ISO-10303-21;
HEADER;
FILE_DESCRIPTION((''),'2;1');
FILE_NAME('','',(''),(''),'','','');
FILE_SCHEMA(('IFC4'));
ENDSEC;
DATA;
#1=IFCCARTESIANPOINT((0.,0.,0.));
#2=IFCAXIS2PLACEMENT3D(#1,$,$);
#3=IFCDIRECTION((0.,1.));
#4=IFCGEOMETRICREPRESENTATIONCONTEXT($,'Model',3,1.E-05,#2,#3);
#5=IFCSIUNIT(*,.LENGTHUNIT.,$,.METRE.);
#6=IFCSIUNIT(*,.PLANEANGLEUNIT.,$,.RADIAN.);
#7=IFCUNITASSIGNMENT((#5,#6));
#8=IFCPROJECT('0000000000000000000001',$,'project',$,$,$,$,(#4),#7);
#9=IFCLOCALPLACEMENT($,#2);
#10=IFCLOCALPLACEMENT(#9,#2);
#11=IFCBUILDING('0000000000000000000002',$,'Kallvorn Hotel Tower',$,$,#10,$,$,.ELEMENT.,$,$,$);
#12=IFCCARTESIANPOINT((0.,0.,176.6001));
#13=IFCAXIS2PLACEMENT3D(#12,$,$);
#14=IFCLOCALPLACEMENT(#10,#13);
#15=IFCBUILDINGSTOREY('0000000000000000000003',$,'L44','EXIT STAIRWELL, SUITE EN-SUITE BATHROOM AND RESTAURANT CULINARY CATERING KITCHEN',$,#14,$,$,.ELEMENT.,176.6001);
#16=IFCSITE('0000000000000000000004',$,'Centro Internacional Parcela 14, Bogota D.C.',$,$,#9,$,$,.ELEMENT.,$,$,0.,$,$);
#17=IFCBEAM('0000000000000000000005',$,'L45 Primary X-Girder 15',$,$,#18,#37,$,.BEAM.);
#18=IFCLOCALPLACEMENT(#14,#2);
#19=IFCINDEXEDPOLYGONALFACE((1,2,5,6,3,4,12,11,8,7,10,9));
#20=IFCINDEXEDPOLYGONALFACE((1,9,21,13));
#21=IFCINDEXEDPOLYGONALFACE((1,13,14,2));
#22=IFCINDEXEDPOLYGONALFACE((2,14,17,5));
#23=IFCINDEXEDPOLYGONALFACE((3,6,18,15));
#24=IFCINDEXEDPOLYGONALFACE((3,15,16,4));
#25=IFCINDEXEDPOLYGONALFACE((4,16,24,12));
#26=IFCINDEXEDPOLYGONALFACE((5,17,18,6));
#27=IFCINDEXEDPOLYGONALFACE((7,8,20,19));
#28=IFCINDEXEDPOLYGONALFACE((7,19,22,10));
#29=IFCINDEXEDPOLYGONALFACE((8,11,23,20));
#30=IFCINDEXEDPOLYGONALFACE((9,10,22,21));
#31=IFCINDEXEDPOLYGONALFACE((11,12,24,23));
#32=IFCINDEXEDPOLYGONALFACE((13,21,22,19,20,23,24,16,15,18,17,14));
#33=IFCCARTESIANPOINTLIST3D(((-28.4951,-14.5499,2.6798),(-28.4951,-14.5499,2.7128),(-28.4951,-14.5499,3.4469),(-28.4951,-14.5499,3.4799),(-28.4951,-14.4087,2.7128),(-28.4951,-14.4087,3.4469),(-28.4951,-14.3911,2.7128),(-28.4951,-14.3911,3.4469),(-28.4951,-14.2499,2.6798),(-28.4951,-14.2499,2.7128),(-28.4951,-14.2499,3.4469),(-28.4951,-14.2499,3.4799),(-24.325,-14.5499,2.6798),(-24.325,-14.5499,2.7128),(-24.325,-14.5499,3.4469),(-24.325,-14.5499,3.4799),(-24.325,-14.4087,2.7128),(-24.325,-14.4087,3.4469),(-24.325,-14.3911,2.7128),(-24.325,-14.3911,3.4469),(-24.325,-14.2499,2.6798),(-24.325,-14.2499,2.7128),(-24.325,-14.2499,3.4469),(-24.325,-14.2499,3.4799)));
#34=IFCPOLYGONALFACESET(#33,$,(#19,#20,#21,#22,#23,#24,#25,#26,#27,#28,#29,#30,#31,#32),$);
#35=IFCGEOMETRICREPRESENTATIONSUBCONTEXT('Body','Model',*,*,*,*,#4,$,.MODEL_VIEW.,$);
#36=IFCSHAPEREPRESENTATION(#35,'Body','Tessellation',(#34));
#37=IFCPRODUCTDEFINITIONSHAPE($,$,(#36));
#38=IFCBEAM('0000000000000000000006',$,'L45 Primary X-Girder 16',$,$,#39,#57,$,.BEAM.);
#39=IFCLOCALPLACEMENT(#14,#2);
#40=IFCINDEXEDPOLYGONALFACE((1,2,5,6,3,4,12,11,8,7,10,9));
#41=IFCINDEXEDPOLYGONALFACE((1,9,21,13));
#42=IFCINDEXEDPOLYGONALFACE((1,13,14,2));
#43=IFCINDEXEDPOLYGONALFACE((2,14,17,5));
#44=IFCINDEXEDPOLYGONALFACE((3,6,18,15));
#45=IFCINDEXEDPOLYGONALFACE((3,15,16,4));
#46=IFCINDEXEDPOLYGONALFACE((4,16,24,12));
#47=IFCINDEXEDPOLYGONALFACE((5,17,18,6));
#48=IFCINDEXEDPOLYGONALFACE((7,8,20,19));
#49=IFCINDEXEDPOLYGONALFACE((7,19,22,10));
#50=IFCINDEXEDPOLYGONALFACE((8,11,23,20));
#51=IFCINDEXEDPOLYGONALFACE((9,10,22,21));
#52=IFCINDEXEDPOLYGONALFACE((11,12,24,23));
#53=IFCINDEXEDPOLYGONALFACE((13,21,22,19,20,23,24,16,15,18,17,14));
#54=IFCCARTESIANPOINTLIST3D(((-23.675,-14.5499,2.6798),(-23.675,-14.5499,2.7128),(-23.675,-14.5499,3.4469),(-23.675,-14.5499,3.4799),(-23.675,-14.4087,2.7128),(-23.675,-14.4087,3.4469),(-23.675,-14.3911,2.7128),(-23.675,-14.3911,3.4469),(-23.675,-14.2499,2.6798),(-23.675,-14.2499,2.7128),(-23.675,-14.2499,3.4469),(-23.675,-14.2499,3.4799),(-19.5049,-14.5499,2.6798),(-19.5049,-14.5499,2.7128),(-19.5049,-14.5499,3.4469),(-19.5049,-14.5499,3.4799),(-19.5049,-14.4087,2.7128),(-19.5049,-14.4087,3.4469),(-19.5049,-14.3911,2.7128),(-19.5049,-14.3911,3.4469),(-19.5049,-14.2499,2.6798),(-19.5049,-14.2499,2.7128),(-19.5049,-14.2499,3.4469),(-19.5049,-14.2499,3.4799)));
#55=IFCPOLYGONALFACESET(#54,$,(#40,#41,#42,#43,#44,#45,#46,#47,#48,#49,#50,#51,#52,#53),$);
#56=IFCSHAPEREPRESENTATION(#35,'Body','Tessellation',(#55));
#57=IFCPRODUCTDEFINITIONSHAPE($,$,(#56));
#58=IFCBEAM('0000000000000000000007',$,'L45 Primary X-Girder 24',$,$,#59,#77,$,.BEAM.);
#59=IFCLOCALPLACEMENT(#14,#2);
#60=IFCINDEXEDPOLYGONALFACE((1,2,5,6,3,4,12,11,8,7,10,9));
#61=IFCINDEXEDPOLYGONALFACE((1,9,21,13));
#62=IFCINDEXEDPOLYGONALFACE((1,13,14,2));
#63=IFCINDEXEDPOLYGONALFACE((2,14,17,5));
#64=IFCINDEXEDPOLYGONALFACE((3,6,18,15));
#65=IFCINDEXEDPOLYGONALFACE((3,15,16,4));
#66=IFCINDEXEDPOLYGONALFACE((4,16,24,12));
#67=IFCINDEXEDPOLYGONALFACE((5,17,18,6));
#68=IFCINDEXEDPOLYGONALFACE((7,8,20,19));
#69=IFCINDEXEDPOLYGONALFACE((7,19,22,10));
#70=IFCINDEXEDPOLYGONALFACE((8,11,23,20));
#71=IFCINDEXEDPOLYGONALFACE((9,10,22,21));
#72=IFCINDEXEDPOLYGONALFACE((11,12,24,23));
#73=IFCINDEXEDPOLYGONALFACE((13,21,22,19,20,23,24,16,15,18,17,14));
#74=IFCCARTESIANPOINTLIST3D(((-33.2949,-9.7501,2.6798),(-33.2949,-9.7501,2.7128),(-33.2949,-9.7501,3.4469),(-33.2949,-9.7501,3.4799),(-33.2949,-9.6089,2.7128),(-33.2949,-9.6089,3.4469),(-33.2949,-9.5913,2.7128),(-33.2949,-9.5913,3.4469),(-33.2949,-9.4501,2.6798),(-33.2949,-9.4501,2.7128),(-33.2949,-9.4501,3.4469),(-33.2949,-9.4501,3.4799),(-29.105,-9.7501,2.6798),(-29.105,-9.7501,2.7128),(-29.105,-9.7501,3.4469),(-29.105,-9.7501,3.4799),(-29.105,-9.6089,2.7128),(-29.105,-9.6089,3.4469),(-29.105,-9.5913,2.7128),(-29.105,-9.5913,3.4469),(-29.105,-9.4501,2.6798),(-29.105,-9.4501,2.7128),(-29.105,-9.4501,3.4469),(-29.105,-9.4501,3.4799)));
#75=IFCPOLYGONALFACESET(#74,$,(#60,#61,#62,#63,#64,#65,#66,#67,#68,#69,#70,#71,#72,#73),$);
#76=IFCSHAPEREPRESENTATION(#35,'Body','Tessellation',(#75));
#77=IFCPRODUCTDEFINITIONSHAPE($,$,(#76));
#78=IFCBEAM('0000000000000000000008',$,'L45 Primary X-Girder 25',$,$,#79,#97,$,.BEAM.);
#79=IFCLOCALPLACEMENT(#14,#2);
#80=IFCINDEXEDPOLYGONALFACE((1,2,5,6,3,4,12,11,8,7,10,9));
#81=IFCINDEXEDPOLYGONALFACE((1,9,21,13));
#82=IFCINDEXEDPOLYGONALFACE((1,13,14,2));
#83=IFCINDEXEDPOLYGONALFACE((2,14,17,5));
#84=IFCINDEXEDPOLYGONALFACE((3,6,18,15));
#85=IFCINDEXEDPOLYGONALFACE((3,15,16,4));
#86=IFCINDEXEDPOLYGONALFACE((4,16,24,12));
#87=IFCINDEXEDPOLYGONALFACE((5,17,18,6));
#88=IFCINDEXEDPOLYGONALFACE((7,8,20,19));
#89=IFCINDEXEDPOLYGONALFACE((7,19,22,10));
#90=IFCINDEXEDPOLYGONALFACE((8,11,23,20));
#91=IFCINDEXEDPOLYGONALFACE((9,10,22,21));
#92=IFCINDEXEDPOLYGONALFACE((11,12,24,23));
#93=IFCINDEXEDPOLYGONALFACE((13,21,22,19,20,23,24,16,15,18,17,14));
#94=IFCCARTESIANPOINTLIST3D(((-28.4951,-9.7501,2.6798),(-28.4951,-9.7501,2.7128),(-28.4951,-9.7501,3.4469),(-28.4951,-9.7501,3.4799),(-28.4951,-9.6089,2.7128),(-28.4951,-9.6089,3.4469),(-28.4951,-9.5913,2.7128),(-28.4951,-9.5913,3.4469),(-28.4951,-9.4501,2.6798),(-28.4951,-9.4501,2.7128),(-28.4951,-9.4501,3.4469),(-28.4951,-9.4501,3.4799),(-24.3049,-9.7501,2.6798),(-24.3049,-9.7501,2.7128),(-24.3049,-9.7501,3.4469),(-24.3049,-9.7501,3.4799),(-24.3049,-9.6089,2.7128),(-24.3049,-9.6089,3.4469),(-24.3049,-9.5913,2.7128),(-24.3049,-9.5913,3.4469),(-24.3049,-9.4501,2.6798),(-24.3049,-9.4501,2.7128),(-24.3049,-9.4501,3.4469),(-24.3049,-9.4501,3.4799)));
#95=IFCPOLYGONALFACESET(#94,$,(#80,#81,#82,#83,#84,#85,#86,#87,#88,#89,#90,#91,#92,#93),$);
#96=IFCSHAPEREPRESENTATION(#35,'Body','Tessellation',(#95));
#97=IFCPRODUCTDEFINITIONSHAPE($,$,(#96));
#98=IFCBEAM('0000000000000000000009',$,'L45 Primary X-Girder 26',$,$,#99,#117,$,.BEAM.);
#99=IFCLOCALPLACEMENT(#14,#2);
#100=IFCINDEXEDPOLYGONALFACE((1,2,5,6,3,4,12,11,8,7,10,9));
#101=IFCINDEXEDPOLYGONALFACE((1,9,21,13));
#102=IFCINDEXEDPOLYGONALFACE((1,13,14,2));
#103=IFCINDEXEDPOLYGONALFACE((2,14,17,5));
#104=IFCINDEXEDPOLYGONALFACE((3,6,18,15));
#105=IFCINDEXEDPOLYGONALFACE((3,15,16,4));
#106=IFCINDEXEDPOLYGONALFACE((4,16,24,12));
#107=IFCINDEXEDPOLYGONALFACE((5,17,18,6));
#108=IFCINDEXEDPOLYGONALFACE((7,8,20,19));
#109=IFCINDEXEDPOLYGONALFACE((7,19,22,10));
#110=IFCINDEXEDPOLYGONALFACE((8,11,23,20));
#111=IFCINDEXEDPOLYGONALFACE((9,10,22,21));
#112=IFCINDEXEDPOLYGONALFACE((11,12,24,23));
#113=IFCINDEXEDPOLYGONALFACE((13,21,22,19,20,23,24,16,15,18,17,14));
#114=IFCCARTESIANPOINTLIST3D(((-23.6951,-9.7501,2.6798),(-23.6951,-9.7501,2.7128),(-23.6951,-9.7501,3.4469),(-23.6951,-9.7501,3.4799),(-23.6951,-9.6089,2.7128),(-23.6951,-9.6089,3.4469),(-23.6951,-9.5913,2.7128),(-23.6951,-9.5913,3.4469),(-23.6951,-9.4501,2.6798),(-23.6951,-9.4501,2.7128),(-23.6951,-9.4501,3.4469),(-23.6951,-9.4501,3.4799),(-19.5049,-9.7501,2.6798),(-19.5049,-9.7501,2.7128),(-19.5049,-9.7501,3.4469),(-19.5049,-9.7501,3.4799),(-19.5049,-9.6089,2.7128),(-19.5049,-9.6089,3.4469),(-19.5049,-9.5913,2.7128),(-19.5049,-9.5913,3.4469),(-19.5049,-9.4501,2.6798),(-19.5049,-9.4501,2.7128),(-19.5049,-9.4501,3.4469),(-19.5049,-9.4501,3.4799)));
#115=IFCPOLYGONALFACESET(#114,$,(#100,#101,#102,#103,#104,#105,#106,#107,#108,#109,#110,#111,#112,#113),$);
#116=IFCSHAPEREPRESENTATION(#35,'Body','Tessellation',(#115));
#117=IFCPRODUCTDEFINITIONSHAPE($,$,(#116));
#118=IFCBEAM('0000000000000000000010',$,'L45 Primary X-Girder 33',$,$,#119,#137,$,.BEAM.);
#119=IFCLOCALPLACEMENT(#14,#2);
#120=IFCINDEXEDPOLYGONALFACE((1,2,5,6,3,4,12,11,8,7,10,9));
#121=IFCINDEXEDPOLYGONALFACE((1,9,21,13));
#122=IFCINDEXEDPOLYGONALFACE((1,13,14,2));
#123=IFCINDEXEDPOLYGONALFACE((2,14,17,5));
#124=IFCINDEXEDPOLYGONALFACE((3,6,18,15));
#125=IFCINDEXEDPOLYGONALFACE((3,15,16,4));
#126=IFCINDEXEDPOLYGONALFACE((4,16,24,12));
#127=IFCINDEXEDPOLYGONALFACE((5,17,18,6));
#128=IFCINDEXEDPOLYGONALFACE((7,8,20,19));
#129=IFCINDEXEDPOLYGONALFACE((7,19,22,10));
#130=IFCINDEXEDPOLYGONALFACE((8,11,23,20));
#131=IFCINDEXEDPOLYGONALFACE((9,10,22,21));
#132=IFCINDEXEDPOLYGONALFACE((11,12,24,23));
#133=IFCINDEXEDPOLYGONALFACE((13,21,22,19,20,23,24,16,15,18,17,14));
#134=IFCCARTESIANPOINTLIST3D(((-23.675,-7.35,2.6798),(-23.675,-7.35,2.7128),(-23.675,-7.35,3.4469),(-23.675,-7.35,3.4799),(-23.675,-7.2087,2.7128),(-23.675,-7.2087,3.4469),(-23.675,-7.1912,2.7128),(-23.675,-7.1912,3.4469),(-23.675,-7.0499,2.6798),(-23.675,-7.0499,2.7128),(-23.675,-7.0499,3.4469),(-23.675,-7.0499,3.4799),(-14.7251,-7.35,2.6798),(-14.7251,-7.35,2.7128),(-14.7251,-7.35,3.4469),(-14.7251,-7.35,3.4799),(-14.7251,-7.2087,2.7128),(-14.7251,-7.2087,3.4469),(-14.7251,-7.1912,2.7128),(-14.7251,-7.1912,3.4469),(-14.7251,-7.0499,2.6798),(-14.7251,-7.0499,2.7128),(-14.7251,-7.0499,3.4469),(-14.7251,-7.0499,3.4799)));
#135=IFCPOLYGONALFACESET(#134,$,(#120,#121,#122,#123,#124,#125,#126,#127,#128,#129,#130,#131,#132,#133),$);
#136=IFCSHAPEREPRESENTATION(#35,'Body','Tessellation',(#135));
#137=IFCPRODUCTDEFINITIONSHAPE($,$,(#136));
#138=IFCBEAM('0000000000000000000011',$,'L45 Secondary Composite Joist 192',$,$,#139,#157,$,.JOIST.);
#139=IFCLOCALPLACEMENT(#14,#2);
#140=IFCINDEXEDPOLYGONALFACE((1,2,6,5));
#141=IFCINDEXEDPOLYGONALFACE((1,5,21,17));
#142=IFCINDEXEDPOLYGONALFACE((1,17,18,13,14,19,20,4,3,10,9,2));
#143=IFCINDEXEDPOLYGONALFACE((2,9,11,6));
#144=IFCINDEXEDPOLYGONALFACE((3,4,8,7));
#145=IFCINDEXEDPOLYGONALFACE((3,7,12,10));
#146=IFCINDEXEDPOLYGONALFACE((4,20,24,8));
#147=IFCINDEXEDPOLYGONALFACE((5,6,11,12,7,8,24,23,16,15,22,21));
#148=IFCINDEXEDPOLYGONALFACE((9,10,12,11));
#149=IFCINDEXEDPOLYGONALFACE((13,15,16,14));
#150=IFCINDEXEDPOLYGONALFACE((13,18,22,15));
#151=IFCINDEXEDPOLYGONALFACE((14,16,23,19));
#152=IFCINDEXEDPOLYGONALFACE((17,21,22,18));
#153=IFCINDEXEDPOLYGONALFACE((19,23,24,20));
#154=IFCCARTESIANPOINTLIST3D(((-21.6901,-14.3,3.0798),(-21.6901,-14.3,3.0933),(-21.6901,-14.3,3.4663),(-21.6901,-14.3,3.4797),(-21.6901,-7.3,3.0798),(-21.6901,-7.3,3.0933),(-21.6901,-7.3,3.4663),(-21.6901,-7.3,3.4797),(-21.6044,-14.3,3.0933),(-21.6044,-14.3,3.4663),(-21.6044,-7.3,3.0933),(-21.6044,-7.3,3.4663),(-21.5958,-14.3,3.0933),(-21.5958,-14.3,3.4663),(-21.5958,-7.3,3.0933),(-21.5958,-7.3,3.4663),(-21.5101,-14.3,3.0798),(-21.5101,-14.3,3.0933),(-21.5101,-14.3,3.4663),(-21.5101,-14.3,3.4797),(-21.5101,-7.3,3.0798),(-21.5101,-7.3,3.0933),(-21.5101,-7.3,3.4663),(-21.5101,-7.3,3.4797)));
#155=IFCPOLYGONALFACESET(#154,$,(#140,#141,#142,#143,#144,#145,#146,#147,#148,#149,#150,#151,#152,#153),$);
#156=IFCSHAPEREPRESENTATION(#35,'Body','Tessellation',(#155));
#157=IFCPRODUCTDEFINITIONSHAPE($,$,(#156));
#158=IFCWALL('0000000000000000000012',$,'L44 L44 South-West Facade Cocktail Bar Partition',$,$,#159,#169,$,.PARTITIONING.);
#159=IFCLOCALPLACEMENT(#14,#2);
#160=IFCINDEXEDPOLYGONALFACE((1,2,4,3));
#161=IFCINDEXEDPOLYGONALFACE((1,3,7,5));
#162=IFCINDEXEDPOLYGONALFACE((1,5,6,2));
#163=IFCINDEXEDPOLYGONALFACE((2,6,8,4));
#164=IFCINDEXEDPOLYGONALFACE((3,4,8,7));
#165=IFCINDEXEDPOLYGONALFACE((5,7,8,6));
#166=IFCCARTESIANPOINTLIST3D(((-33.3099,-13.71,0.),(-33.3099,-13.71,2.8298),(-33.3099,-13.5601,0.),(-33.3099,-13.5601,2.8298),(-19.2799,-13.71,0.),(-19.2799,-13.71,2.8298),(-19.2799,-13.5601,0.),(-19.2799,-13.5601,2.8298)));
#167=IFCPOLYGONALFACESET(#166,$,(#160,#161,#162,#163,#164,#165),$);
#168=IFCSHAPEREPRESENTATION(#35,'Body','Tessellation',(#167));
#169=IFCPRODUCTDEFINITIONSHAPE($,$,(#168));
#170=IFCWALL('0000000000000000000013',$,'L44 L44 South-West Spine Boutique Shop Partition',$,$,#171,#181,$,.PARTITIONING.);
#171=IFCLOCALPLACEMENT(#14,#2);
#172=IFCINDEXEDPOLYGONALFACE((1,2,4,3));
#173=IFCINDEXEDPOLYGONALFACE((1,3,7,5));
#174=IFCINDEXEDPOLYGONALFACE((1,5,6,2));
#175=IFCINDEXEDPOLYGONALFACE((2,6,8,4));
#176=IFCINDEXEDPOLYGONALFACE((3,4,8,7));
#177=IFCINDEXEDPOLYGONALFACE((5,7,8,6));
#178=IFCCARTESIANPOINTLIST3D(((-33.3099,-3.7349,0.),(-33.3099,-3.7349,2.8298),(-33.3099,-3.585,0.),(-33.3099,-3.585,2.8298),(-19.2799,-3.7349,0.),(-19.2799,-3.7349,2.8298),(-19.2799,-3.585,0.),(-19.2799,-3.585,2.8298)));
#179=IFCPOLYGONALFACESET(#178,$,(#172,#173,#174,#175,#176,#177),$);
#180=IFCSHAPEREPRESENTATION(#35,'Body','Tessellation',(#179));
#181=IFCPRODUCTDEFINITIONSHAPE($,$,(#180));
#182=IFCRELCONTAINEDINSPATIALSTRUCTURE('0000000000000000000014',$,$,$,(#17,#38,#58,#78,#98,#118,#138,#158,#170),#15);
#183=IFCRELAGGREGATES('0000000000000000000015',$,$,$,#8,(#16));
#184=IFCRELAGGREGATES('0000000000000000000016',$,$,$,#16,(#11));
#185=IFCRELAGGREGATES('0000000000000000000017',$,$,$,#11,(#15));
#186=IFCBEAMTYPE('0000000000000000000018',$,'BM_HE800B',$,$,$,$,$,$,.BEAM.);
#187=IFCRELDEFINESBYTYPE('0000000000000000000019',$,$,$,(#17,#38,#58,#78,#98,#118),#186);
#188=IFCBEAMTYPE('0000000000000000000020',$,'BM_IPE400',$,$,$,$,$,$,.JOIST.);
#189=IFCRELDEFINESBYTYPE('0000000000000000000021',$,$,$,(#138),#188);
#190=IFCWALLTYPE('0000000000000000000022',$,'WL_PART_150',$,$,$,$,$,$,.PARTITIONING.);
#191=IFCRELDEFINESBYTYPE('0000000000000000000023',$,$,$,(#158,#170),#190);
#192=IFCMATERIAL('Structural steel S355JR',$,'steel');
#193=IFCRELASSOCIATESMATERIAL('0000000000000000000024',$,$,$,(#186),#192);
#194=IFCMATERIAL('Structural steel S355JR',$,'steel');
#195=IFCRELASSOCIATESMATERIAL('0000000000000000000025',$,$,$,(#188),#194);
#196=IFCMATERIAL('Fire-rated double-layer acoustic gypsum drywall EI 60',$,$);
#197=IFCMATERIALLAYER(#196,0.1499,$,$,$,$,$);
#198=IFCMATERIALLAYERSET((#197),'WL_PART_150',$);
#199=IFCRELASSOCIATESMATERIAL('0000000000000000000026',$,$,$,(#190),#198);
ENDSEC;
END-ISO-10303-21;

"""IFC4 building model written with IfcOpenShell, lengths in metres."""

from ifc_helpers import new_model, si_unit, direction, frame, frame_2d, origin, origin_2d, place, context, subcontext, project, spatial, rectangle, i_section, extrude, material, layer, layer_set, material_profile, profile_set, type_object, element, save


model = new_model("IFC4")

# Units and contexts
model_context = context("Model", 3, precision=1e-05, world=origin(), true_north=direction((0.0, 1.0)))
body_context = subcontext(model_context, "Body", "Model", "MODEL_VIEW")
ifc_project = project(units=[si_unit("LENGTHUNIT", "METRE"), si_unit("PLANEANGLEUNIT", "RADIAN")], contexts=[model_context])

# Site, building, storey
site_placement = place(None, origin())
site = spatial("IfcSite", under=ifc_project, at=site_placement, Name="Centro Internacional Parcela 14, Bogota D.C.", CompositionType="ELEMENT", RefElevation=0.0)
building_placement = place(site_placement, origin())
building = spatial("IfcBuilding", under=site, at=building_placement, Name="Kallvorn Hotel Tower", CompositionType="ELEMENT")
storey_placement = place(building_placement, frame((0.0, 0.0, 176.6001)))
storey = spatial("IfcBuildingStorey", under=building, at=storey_placement, Name="L44", Description="EXIT STAIRWELL, SUITE EN-SUITE BATHROOM AND RESTAURANT CULINARY CATERING KITCHEN", CompositionType="ELEMENT", Elevation=176.6001)

# Beams
ifc_material_1 = material(Name="Structural steel S355JR", Category="steel")
ifc_material_profile_1 = material_profile(ifc_material_1, i_section(OverallWidth=0.3, OverallDepth=0.8, WebThickness=0.0176, FlangeThickness=0.033, at=origin_2d()), Name="HE 800 B")
ifc_profile_set_1 = profile_set([ifc_material_profile_1], Name="Structural steel S355JR")
beam_type_1 = type_object("IfcBeamType", Name="BM_HE800B", PredefinedType="BEAM", material=ifc_profile_set_1)
for number, where, z_axis, x_axis, name in (
    (1, (-28.4951, -14.3999, 3.0798), (1.0, 0.0, 0.0), (0.0, 1.0, 0.0), "L45 Primary X-Girder 15"),
    (2, (-23.675, -14.3999, 3.0798), (1.0, 0.0, 0.0), (0.0, 1.0, 0.0), "L45 Primary X-Girder 16"),
):
    element("IfcBeam", number, at=place(storey_placement, frame(where, z_axis=z_axis, x_axis=x_axis)), inside=storey, type_object=beam_type_1, Name=name, PredefinedType="BEAM", context=body_context, shape_type="SweptSolid", body=[
        extrude(i_section(OverallWidth=0.3, OverallDepth=0.8, WebThickness=0.0176, FlangeThickness=0.033, at=origin_2d()), origin(), (0.0, 0.0, 1.0), 4.1702),
    ])
beam_1_placement = place(storey_placement, frame((-33.2949, -9.6001, 3.0798), z_axis=(1.0, 0.0, 0.0), x_axis=(0.0, 1.0, 0.0)))
element("IfcBeam", 3, at=beam_1_placement, inside=storey, type_object=beam_type_1, Name="L45 Primary X-Girder 24", PredefinedType="BEAM", context=body_context, shape_type="SweptSolid", body=[
    extrude(i_section(OverallWidth=0.3, OverallDepth=0.8, WebThickness=0.0176, FlangeThickness=0.033, at=origin_2d()), origin(), (0.0, 0.0, 1.0), 4.1899),
])
for number, where, z_axis, x_axis, name in (
    (4, (-28.4951, -9.6001, 3.0798), (1.0, 0.0, 0.0), (0.0, 1.0, 0.0), "L45 Primary X-Girder 25"),
    (5, (-23.6951, -9.6001, 3.0798), (1.0, 0.0, 0.0), (0.0, 1.0, 0.0), "L45 Primary X-Girder 26"),
):
    element("IfcBeam", number, at=place(storey_placement, frame(where, z_axis=z_axis, x_axis=x_axis)), inside=storey, type_object=beam_type_1, Name=name, PredefinedType="BEAM", context=body_context, shape_type="SweptSolid", body=[
        extrude(i_section(OverallWidth=0.3, OverallDepth=0.8, WebThickness=0.0176, FlangeThickness=0.033, at=origin_2d()), origin(), (0.0, 0.0, 1.0), 4.1902),
    ])
beam_2_placement = place(storey_placement, frame((-23.675, -7.2, 3.0798), z_axis=(1.0, 0.0, 0.0), x_axis=(0.0, 1.0, 0.0)))
element("IfcBeam", 6, at=beam_2_placement, inside=storey, type_object=beam_type_1, Name="L45 Primary X-Girder 33", PredefinedType="BEAM", context=body_context, shape_type="SweptSolid", body=[
    extrude(i_section(OverallWidth=0.3, OverallDepth=0.8, WebThickness=0.0176, FlangeThickness=0.033, at=origin_2d()), origin(), (0.0, 0.0, 1.0), 8.95),
])
ifc_material_2 = material(Name="Structural steel S355JR", Category="steel")
ifc_material_profile_2 = material_profile(ifc_material_2, i_section(OverallWidth=0.1799, OverallDepth=0.3999, WebThickness=0.0085, FlangeThickness=0.0134, at=origin_2d()), Name="IPE 400")
ifc_profile_set_2 = profile_set([ifc_material_profile_2], Name="Structural steel S355JR")
beam_type_2 = type_object("IfcBeamType", Name="BM_IPE400", PredefinedType="JOIST", material=ifc_profile_set_2)
beam_3_placement = place(storey_placement, frame((-21.6001, -14.3, 3.2798), z_axis=(0.0, 1.0, 0.0), x_axis=(-1.0, 0.0, 0.0)))
element("IfcBeam", 7, at=beam_3_placement, inside=storey, type_object=beam_type_2, Name="L45 Secondary Composite Joist 192", PredefinedType="JOIST", context=body_context, shape_type="SweptSolid", body=[
    extrude(i_section(OverallWidth=0.1799, OverallDepth=0.3999, WebThickness=0.0085, FlangeThickness=0.0134, at=origin_2d()), origin(), (0.0, 0.0, 1.0), 7.0),
])

# Walls
ifc_material_3 = material(Name="Fire-rated double-layer acoustic gypsum drywall EI 60")
ifc_layer = layer(ifc_material_3, 0.1499)
ifc_layer_set = layer_set([ifc_layer], Name="WL_PART_150")
wall_type = type_object("IfcWallType", Name="WL_PART_150", PredefinedType="PARTITIONING", material=ifc_layer_set)
for number, where, z_axis, x_axis, name in (
    (8, (-33.3101, -13.635, 0.0), (0.0, 0.0, 1.0), (1.0, 0.0, 0.0), "L44 L44 South-West Facade Cocktail Bar Partition"),
    (9, (-33.3101, -3.6599, 0.0), (0.0, 0.0, 1.0), (1.0, 0.0, 0.0), "L44 L44 South-West Spine Boutique Shop Partition"),
):
    element("IfcWall", number, at=place(storey_placement, frame(where, z_axis=z_axis, x_axis=x_axis)), inside=storey, type_object=wall_type, Name=name, PredefinedType="PARTITIONING", context=body_context, shape_type="SweptSolid", body=[
        extrude(rectangle(XDim=14.03, YDim=0.1499, at=frame_2d((7.0151, 0.0))), origin(), (0.0, 0.0, 1.0), 2.8298),
    ])

save(model, "model.ifc")
